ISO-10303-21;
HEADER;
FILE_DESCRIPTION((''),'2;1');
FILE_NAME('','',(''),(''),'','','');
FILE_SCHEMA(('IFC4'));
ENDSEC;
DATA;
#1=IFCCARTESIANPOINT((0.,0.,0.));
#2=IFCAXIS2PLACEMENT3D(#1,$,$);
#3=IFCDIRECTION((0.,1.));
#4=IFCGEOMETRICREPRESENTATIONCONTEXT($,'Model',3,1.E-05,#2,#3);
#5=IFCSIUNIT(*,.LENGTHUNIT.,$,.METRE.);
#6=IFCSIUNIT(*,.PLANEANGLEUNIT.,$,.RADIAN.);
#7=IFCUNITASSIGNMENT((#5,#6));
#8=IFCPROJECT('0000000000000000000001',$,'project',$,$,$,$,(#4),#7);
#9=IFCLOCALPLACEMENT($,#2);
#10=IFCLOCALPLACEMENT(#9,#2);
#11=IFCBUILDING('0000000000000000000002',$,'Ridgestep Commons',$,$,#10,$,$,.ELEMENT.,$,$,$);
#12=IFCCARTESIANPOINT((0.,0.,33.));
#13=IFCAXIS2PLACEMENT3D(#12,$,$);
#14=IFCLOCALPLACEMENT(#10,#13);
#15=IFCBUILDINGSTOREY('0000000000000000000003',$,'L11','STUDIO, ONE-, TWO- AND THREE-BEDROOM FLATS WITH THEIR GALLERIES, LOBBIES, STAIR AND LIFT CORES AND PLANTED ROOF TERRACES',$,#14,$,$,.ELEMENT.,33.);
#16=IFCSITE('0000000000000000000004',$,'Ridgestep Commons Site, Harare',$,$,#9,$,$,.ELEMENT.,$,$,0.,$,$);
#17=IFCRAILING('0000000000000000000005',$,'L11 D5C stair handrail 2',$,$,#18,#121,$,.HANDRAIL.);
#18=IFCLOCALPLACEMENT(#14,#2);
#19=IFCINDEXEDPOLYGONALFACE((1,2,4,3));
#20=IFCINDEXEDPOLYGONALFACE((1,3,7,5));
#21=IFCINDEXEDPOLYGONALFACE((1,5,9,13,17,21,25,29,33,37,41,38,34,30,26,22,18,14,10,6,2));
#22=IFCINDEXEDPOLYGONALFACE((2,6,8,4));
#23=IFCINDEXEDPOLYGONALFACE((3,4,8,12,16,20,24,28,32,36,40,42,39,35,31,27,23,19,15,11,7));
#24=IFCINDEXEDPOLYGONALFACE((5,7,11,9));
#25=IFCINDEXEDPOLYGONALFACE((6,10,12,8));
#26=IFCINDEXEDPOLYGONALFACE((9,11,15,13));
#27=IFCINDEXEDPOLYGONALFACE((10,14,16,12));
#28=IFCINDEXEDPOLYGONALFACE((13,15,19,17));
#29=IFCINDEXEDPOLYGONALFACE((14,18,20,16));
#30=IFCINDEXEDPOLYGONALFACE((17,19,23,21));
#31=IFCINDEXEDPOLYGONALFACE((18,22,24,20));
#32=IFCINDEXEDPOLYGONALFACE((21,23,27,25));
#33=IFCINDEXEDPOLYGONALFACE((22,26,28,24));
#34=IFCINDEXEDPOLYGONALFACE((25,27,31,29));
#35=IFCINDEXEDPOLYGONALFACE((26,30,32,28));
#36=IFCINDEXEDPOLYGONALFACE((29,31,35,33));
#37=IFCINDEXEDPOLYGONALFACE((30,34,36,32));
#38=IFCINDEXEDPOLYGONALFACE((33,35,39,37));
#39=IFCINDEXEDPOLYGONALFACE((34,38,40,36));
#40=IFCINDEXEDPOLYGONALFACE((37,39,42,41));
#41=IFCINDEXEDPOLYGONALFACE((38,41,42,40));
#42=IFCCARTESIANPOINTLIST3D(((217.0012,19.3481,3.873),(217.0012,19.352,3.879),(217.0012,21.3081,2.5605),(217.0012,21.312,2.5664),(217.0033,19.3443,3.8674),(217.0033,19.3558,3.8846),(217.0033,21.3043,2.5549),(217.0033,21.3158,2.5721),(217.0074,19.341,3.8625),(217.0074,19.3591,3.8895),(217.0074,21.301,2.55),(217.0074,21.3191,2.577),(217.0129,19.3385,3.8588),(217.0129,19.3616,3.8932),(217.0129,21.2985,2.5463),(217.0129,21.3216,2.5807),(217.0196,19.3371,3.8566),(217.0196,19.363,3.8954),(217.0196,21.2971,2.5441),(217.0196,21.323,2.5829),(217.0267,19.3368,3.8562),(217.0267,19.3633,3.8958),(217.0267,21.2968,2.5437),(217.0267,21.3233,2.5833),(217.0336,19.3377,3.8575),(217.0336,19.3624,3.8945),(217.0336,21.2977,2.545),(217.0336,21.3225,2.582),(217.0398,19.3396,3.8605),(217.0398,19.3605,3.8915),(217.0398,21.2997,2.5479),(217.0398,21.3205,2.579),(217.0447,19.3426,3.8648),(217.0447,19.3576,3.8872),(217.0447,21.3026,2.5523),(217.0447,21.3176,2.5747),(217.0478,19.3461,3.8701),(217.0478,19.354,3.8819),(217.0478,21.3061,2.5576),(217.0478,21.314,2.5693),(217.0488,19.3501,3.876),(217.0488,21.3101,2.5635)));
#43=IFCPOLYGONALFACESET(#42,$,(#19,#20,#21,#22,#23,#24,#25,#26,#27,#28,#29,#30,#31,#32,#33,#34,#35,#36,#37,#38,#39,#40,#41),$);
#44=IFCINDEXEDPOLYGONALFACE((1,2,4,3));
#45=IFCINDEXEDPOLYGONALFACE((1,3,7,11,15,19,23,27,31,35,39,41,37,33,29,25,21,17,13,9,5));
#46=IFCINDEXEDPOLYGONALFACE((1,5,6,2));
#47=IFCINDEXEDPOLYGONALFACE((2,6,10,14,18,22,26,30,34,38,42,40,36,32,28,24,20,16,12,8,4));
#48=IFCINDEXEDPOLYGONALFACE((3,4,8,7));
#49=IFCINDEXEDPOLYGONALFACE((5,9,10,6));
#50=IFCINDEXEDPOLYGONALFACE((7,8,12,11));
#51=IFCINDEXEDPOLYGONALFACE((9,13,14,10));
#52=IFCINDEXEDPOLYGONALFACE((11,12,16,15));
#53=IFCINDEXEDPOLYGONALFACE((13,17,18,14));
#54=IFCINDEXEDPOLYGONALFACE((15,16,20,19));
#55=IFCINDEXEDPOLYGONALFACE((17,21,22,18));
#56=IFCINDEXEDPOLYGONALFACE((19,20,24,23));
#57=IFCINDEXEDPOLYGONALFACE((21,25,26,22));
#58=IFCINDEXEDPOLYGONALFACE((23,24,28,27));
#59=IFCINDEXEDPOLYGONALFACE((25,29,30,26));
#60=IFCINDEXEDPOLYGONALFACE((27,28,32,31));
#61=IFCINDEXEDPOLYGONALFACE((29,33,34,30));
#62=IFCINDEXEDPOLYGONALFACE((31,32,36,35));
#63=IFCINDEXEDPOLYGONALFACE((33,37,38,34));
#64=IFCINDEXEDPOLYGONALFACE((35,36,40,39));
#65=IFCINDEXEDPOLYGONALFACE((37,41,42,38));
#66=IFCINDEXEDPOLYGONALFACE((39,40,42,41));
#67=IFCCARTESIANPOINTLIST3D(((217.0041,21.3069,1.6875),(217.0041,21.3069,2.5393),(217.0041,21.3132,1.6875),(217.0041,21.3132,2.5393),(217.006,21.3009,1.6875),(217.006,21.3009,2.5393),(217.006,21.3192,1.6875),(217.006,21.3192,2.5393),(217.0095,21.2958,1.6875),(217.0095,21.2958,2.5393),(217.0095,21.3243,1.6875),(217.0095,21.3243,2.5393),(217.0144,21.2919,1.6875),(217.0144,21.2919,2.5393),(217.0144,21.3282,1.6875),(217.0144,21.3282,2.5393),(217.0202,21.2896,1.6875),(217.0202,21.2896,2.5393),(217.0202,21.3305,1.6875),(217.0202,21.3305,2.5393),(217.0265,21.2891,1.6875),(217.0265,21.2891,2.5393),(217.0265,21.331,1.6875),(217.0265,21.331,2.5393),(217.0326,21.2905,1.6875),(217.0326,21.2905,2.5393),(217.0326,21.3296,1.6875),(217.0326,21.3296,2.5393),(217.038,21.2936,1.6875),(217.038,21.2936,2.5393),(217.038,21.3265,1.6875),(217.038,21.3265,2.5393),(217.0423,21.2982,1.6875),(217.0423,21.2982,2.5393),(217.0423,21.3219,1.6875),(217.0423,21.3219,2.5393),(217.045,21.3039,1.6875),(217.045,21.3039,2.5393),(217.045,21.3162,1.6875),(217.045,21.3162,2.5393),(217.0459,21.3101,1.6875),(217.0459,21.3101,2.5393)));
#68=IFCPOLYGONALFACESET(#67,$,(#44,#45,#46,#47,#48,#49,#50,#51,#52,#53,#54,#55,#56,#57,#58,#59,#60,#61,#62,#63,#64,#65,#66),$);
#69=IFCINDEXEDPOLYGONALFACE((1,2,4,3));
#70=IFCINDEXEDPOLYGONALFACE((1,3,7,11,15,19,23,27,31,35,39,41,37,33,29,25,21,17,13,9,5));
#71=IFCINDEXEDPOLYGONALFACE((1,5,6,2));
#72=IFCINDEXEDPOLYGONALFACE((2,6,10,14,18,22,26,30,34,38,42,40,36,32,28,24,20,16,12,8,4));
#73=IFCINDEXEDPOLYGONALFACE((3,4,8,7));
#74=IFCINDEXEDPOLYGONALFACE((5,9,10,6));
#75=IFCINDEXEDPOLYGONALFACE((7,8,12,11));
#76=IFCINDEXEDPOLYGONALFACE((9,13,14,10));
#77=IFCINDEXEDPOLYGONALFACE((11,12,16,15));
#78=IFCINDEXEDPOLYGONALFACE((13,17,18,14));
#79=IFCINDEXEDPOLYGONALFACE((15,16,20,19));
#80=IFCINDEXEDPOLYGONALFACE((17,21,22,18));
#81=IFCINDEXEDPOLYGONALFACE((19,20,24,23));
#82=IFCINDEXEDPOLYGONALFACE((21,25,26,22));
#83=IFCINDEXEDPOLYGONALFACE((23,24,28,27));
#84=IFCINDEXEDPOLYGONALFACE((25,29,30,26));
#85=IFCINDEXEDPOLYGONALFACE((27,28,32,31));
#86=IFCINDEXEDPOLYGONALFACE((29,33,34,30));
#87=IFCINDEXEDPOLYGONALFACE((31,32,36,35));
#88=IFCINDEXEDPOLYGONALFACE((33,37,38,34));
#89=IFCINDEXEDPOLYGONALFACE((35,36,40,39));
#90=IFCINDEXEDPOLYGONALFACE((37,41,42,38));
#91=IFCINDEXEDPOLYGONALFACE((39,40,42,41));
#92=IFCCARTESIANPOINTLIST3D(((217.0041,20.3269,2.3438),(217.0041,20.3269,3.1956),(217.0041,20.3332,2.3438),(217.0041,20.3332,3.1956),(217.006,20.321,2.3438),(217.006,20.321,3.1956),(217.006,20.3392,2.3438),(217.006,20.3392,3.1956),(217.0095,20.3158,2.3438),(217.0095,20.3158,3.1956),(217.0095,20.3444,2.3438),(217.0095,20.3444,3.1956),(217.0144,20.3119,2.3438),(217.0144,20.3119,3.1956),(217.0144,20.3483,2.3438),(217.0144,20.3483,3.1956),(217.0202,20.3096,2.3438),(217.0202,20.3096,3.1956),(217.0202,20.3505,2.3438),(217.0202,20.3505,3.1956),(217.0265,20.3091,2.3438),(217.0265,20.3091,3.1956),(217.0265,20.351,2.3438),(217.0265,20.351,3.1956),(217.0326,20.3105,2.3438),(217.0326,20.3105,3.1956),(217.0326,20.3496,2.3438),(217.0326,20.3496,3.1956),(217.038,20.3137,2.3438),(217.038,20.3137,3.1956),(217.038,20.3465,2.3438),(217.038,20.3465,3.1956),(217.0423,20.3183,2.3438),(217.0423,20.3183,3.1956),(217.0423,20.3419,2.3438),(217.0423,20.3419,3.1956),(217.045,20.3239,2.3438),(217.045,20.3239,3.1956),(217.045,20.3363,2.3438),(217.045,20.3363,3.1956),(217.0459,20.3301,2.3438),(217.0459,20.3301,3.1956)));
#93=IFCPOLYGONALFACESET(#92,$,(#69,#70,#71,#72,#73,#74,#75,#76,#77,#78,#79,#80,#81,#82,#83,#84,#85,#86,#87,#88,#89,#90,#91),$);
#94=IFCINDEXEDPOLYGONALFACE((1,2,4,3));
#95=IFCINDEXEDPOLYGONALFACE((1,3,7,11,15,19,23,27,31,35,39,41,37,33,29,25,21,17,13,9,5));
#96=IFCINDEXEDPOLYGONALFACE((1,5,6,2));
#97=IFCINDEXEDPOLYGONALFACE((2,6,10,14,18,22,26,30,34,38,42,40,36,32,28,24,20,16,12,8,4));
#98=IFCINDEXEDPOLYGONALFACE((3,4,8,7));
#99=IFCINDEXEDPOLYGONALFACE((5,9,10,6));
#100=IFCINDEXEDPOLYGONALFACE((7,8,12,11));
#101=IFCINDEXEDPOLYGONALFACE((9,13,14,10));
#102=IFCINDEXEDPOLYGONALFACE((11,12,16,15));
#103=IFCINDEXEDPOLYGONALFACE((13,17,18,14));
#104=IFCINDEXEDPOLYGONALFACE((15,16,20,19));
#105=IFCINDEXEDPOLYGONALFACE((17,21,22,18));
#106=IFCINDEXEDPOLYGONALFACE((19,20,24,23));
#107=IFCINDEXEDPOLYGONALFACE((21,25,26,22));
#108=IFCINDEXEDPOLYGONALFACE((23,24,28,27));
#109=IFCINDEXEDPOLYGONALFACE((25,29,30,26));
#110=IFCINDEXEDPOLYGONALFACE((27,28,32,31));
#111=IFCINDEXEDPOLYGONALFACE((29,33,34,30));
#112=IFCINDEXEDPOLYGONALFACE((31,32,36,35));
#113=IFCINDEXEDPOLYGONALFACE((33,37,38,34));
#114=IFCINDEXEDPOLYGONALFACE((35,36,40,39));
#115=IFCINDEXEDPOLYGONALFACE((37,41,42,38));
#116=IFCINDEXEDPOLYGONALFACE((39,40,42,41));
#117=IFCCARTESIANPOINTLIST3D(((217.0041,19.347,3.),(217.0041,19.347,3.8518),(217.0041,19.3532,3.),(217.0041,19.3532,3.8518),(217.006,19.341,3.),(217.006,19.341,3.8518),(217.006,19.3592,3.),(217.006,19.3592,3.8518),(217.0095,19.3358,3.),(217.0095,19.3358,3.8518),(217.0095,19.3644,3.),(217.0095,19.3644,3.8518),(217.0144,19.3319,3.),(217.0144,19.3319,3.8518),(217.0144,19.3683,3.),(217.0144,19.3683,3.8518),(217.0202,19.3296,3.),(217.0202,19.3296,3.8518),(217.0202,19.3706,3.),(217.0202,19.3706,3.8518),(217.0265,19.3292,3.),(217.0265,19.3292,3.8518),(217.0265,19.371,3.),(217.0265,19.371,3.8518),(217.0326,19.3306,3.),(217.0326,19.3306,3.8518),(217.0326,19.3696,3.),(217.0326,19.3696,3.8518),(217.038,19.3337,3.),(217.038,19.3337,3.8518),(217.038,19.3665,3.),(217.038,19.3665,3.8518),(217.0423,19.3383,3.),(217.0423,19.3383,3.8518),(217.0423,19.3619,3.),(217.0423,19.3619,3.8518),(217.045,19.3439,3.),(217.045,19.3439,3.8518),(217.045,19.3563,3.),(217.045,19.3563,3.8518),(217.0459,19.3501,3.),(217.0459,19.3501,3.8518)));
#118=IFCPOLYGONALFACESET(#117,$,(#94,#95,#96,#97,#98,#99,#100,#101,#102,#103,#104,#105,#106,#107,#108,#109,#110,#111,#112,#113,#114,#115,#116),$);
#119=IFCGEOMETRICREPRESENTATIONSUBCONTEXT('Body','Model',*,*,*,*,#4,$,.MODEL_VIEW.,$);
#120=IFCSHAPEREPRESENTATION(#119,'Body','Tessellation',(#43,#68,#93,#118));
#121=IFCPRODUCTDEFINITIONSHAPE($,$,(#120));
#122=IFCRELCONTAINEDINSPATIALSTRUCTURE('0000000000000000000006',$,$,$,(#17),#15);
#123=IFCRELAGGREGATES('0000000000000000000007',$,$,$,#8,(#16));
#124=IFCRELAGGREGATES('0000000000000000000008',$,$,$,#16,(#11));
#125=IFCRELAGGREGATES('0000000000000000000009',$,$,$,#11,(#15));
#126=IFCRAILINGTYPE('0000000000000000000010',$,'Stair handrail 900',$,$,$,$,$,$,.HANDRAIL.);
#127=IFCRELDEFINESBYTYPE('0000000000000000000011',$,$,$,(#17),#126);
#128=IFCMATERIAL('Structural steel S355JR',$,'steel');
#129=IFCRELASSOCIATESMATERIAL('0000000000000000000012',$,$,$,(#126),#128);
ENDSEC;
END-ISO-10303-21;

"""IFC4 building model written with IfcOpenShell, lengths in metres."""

from ifc_helpers import new_model, si_unit, direction, frame, origin, origin_2d, place, context, subcontext, project, spatial, circle, extrude, material, type_object, element, save


model = new_model("IFC4")

# Units and contexts
model_context = context("Model", 3, precision=1e-05, world=origin(), true_north=direction((0.0, 1.0)))
body_context = subcontext(model_context, "Body", "Model", "MODEL_VIEW")
ifc_project = project(units=[si_unit("LENGTHUNIT", "METRE"), si_unit("PLANEANGLEUNIT", "RADIAN")], contexts=[model_context])

# Site, building, storey
site_placement = place(None, origin())
site = spatial("IfcSite", under=ifc_project, at=site_placement, Name="Ridgestep Commons Site, Harare", CompositionType="ELEMENT", RefElevation=0.0)
building_placement = place(site_placement, origin())
building = spatial("IfcBuilding", under=site, at=building_placement, Name="Ridgestep Commons", CompositionType="ELEMENT")
storey_placement = place(building_placement, frame((0.0, 0.0, 33.0)))
storey = spatial("IfcBuildingStorey", under=building, at=storey_placement, Name="L11", Description="STUDIO, ONE-, TWO- AND THREE-BEDROOM FLATS WITH THEIR GALLERIES, LOBBIES, STAIR AND LIFT CORES AND PLANTED ROOF TERRACES", CompositionType="ELEMENT", Elevation=33.0)

# Railing
ifc_material_1 = material(Name="Structural steel S355JR", Category="steel")
railing_type_1 = type_object("IfcRailingType", Name="Stair handrail 900", PredefinedType="HANDRAIL", material=ifc_material_1)
railing_1_placement = place(storey_placement, frame((217.0249, 21.3101, 1.6875)))
element("IfcRailing", 1, at=railing_1_placement, inside=storey, type_object=railing_type_1, Name="L11 D5C stair handrail 2", PredefinedType="HANDRAIL", context=body_context, shape_type="SweptSolid", body=[
    extrude(circle(Radius=0.0239, at=origin_2d()), frame((0.0, 0.0, 0.876), z_axis=(0.0, -0.830902, 0.556419), x_axis=(1.0, 0.0, 0.0)), (0.0, 0.0, 1.0), 2.3589),
    extrude(circle(Radius=0.021, at=origin_2d()), origin(), (0.0, 0.0, 1.0), 0.8518),
    extrude(circle(Radius=0.021, at=origin_2d()), frame((0.0, -0.98, 0.6562)), (0.0, 0.0, 1.0), 0.8518),
    extrude(circle(Radius=0.021, at=origin_2d()), frame((0.0, -1.96, 1.3125)), (0.0, 0.0, 1.0), 0.8518),
])

save(model, "model.ifc")
